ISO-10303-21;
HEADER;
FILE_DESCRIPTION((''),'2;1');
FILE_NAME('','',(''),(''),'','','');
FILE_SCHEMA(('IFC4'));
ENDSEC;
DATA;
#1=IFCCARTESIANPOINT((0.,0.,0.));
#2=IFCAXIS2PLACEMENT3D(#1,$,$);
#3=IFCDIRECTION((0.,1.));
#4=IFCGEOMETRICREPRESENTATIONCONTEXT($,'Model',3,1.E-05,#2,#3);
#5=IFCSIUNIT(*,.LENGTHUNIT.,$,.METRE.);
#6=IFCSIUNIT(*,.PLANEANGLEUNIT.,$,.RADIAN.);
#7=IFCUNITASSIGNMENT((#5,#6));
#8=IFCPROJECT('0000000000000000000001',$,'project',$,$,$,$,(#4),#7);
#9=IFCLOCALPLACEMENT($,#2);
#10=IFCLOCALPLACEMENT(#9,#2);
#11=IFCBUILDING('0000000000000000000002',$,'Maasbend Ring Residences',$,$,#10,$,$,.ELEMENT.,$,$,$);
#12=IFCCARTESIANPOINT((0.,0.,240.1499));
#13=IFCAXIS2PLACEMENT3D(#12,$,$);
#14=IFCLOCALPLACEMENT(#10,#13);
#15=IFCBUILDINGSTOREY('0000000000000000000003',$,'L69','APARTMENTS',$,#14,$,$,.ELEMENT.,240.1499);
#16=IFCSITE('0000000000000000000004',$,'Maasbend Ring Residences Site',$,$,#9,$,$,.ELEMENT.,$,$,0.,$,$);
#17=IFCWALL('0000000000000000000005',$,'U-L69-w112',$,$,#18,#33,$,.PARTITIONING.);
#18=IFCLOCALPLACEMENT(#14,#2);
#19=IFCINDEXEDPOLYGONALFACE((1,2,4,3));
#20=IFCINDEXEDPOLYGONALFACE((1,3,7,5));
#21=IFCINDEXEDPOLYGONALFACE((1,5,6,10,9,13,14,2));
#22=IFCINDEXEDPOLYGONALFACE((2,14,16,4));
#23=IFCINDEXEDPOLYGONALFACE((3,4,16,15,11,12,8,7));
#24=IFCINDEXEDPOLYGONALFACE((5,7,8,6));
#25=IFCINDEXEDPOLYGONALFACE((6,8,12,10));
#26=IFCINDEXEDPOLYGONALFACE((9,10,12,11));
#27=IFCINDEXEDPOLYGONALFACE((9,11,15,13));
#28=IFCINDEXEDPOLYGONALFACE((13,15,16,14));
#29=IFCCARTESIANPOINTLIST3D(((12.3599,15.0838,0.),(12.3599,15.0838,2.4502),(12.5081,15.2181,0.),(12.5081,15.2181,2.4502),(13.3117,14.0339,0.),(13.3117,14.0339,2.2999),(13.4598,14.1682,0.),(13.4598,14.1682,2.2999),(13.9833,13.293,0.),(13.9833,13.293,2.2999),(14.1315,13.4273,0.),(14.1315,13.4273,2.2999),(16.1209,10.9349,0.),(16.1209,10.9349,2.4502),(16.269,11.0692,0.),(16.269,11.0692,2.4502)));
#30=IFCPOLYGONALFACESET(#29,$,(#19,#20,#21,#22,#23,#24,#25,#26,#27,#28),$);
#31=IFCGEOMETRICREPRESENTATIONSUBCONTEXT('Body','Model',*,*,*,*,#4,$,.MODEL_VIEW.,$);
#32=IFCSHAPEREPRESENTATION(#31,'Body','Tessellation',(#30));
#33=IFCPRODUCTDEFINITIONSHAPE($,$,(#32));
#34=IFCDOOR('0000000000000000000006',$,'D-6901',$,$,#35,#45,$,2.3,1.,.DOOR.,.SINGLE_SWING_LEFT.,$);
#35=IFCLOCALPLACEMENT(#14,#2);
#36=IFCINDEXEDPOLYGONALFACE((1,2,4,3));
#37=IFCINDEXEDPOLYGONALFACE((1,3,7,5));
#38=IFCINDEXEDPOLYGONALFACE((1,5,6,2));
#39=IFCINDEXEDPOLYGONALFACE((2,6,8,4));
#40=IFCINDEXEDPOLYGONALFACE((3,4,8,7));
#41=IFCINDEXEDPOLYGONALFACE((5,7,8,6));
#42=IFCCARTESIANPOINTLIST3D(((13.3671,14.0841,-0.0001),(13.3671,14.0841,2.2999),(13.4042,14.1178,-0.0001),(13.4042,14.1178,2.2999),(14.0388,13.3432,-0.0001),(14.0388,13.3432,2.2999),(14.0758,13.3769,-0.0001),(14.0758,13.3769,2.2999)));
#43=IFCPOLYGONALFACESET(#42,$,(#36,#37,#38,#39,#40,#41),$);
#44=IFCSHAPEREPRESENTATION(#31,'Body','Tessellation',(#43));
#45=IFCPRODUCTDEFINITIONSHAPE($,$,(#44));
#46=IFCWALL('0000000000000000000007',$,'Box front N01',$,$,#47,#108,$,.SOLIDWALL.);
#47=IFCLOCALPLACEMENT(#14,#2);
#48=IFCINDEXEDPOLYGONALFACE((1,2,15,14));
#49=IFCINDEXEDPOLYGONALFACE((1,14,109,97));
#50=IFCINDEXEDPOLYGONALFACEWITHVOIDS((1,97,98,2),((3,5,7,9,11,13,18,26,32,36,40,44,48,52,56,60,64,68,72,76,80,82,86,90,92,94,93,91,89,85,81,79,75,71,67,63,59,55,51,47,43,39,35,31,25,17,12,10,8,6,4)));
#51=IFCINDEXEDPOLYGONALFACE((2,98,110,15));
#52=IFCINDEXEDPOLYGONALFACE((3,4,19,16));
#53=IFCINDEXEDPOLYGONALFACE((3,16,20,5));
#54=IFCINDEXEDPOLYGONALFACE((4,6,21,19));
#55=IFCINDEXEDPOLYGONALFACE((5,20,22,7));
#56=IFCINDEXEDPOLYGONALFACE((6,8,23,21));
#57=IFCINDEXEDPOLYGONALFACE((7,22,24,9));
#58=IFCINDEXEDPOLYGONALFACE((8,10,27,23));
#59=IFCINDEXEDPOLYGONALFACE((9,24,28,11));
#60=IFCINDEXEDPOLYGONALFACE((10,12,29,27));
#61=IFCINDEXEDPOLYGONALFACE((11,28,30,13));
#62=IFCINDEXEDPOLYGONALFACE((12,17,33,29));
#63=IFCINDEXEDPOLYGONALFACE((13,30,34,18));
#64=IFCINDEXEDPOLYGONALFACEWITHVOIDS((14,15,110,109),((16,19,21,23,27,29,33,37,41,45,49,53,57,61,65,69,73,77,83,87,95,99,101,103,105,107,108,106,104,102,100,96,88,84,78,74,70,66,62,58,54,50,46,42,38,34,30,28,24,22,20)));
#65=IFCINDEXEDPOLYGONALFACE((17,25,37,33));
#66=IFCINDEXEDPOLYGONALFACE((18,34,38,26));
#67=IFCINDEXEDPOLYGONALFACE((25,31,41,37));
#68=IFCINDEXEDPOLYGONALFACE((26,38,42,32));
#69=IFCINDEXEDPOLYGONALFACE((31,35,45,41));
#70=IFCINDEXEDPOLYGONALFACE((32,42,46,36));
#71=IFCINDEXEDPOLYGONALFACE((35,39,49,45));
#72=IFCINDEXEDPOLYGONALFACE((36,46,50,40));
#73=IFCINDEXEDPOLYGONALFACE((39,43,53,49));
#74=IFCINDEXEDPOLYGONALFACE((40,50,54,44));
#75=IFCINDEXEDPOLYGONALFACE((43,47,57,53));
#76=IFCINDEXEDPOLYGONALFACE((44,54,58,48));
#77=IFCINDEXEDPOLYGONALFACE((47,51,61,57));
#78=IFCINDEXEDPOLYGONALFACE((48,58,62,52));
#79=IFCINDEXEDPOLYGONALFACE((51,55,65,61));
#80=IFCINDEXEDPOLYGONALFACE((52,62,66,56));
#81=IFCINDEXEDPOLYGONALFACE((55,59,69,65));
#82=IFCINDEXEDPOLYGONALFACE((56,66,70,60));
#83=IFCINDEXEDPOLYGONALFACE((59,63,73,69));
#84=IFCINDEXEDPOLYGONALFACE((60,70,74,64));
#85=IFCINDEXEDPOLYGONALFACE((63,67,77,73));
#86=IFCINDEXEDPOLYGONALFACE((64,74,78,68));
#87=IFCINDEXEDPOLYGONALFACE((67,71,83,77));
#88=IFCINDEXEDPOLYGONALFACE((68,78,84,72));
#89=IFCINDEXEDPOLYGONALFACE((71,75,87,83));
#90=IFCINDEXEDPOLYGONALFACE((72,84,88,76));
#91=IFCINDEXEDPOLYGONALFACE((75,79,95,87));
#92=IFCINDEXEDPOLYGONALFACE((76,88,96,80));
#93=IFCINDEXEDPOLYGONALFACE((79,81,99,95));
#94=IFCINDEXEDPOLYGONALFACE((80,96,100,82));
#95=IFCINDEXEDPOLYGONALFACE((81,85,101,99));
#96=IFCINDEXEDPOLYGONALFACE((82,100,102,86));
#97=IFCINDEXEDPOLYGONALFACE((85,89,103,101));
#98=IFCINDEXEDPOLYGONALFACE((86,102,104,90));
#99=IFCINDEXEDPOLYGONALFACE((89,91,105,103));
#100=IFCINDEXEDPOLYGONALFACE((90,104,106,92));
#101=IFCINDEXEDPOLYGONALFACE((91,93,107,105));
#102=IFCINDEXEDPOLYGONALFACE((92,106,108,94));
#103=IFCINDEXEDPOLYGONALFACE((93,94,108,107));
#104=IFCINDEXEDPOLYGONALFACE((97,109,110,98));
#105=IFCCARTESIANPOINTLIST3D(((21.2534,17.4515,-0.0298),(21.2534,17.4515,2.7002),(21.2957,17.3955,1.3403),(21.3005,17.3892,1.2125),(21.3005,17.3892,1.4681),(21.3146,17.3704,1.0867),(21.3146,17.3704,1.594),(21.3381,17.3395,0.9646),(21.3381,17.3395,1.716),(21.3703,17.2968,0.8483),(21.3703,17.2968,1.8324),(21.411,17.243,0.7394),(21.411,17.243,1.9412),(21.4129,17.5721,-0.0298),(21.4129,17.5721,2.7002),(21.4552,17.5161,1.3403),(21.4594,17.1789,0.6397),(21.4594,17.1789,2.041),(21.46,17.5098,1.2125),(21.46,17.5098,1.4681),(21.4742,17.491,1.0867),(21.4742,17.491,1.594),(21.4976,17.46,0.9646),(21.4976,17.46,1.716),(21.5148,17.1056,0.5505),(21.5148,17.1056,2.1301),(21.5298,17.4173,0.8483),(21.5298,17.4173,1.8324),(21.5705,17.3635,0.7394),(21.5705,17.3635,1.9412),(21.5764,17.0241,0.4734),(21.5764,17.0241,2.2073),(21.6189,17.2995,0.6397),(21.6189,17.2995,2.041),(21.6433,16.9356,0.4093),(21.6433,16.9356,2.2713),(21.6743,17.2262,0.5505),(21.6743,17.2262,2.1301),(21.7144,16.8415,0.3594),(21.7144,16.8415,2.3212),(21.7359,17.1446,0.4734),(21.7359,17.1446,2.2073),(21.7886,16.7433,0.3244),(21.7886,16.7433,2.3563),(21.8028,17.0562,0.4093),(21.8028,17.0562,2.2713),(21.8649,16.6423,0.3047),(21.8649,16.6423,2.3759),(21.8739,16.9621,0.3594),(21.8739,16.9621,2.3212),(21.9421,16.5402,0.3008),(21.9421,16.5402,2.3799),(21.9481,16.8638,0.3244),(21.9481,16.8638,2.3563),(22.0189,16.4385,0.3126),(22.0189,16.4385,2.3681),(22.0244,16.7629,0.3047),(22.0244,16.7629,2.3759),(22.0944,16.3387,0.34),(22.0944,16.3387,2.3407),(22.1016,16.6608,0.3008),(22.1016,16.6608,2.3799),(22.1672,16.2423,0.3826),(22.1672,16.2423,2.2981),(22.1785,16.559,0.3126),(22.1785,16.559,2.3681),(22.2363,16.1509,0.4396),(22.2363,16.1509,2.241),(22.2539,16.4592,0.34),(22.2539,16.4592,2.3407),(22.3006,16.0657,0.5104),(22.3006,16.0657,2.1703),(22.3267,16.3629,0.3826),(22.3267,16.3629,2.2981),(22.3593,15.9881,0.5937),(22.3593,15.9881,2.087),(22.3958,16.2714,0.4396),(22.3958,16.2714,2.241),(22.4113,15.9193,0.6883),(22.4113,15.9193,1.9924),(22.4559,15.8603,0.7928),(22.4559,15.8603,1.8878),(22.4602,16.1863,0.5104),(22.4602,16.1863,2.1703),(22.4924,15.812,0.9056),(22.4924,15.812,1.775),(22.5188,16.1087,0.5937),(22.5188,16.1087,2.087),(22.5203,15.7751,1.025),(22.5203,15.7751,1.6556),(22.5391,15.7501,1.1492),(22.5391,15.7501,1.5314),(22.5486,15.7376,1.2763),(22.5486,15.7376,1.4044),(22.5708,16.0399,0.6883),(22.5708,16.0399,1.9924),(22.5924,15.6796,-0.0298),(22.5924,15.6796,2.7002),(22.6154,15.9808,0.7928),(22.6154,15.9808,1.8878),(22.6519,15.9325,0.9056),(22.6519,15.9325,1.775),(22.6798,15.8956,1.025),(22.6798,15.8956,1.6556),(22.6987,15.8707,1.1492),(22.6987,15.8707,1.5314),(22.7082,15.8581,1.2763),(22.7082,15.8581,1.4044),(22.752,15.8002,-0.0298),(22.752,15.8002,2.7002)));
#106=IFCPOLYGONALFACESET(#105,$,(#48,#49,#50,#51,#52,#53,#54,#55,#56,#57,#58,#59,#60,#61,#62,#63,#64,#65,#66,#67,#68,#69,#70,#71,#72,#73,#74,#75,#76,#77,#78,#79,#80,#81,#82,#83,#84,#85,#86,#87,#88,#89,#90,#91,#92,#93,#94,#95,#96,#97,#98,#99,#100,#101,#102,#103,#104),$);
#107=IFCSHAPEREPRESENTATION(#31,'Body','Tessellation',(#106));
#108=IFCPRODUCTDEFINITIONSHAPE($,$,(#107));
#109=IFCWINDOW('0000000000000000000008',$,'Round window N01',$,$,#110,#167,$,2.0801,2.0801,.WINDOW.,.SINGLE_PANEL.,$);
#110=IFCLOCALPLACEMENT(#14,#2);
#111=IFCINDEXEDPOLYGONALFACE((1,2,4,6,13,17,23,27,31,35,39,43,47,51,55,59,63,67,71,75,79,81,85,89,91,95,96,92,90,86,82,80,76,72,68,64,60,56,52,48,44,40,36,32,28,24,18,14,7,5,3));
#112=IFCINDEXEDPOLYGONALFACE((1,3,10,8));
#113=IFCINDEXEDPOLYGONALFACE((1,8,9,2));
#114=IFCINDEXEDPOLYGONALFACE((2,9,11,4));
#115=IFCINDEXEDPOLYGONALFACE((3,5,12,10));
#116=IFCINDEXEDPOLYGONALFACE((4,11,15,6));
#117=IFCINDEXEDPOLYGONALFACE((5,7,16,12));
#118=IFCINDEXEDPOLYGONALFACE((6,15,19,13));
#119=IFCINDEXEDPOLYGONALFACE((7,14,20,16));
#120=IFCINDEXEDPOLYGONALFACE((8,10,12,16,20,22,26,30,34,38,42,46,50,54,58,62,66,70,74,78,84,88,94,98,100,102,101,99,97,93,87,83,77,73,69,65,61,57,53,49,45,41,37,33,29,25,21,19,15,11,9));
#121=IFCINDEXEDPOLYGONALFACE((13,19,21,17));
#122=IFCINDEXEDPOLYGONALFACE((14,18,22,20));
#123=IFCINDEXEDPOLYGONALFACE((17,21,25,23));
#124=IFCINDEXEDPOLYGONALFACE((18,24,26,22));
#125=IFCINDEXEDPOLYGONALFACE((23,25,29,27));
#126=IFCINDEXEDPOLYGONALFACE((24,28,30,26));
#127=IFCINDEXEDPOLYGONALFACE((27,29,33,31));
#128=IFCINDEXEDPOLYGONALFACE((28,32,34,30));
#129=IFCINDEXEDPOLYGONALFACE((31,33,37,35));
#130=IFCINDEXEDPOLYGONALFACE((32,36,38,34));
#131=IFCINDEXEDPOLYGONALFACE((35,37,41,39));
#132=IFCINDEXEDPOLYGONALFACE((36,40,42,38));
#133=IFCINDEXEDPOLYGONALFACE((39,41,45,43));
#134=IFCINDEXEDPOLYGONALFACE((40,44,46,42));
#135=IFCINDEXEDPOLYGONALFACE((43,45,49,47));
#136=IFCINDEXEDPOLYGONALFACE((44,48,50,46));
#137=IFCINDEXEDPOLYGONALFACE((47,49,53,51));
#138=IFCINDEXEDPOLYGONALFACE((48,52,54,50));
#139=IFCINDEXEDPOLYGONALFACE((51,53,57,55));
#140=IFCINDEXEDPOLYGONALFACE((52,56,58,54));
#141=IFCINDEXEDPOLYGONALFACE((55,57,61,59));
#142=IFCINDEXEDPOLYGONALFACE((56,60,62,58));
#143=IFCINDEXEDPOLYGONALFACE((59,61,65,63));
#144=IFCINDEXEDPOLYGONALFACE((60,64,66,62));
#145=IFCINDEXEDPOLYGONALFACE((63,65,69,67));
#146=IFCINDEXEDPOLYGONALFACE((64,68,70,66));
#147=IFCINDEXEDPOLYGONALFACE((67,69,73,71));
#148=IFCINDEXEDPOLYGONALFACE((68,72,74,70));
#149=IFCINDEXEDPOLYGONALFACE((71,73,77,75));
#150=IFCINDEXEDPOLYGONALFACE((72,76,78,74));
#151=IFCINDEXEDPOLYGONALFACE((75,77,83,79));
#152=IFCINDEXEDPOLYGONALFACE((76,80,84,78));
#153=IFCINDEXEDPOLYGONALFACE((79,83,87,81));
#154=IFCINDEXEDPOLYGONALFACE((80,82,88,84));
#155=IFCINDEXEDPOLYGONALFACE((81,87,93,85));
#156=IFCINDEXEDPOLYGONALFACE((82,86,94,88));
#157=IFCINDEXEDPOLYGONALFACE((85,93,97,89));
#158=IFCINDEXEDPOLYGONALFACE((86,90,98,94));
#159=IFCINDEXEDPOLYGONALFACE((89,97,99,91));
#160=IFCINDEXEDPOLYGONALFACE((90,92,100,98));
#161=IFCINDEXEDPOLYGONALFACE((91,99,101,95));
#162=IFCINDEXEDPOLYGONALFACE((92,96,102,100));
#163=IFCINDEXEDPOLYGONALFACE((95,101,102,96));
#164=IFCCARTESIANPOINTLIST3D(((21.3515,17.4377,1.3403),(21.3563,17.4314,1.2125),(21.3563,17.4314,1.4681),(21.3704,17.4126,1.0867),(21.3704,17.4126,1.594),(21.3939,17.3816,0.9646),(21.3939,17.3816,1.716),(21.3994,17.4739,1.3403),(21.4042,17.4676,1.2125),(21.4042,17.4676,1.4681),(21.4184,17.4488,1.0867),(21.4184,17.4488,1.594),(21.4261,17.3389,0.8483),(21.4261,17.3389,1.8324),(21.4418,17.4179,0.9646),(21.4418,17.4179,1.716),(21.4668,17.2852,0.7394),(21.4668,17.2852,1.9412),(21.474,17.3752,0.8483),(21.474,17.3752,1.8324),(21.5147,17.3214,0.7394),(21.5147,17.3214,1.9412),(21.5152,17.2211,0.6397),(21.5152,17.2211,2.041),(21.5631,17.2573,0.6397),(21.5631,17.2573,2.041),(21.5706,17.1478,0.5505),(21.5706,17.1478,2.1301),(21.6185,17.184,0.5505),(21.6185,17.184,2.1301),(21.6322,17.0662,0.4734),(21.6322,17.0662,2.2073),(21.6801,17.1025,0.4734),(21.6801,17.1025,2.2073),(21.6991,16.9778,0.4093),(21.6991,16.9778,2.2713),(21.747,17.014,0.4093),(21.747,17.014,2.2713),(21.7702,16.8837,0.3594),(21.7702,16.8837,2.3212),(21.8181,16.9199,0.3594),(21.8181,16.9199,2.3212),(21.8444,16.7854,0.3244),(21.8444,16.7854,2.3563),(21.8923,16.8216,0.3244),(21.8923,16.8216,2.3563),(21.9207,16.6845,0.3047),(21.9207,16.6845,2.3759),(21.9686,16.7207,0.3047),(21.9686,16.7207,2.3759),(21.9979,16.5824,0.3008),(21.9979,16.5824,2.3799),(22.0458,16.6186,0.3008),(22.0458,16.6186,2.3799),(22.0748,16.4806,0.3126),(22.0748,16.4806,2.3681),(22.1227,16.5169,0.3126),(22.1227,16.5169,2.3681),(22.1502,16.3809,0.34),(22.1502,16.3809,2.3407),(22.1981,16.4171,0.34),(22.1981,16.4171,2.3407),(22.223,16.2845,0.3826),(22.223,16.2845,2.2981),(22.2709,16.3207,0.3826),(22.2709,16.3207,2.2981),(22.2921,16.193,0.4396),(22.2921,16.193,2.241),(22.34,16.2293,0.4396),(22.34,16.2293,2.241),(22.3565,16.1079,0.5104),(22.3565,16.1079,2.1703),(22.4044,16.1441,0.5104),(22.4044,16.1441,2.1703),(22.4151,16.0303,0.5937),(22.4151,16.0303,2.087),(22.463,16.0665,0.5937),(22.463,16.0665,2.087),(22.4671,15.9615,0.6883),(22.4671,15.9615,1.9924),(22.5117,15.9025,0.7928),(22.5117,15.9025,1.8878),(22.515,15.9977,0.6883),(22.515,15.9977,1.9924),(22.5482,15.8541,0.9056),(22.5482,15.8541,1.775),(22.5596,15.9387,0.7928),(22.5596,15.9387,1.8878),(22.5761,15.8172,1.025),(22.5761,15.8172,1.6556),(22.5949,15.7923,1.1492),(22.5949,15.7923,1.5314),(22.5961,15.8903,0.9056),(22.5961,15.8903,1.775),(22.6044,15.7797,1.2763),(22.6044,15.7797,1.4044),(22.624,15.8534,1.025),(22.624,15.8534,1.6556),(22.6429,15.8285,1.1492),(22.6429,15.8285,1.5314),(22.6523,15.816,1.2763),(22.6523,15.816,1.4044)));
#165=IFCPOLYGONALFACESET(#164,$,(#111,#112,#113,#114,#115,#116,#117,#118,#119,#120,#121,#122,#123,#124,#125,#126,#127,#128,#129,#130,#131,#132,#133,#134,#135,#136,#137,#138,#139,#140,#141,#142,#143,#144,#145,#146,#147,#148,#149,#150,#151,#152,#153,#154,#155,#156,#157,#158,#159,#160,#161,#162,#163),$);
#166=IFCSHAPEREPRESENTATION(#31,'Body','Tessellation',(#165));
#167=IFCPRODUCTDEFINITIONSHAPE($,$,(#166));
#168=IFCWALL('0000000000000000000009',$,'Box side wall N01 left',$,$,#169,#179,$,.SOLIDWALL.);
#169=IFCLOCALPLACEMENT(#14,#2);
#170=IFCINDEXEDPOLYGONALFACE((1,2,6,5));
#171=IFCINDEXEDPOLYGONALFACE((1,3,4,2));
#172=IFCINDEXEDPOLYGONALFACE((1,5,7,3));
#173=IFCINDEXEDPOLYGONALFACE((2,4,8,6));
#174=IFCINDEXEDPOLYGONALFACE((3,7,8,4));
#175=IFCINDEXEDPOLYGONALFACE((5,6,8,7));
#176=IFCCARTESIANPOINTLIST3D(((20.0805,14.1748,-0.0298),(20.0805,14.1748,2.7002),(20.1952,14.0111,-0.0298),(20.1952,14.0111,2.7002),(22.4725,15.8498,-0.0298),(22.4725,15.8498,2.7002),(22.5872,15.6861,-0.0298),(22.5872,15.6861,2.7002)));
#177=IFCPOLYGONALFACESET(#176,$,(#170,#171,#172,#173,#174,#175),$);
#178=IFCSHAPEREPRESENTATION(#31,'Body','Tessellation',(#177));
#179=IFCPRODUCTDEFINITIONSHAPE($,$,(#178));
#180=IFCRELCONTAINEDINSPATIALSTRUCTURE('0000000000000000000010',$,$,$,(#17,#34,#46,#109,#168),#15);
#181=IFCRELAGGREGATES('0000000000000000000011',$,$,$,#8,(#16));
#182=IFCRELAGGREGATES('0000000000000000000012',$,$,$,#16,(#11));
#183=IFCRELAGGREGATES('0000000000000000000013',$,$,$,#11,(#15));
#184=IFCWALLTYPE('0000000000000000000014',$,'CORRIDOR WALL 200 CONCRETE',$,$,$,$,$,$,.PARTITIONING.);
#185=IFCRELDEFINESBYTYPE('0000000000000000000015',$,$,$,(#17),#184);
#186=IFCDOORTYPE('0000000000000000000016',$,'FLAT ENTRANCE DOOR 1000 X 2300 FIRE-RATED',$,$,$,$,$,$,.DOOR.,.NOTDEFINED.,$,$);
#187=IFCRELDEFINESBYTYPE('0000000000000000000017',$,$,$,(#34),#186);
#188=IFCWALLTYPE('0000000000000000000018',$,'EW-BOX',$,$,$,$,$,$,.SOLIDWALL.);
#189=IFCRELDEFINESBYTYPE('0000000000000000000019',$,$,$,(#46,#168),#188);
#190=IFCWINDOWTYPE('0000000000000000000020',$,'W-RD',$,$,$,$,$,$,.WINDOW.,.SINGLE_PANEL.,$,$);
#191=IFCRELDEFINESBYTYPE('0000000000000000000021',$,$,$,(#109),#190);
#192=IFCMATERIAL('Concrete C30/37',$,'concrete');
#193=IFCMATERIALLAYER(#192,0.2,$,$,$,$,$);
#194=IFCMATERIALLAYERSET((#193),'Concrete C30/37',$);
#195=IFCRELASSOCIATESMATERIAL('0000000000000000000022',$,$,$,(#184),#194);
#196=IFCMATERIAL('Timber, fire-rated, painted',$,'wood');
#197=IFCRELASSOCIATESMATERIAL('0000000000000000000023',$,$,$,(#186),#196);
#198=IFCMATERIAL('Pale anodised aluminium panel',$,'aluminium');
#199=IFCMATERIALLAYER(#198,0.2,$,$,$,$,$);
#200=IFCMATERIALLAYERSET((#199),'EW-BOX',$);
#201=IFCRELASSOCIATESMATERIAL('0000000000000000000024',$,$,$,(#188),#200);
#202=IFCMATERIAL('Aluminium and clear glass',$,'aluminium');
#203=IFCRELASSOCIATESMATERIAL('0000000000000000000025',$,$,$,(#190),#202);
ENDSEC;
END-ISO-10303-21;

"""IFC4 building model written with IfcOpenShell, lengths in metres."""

from ifc_helpers import new_model, si_unit, direction, frame, frame_2d, origin, place, context, subcontext, project, spatial, rectangle, circle, extrude, material, layer, layer_set, type_object, element, fill, save


model = new_model("IFC4")

# Units and contexts
model_context = context("Model", 3, precision=1e-05, world=origin(), true_north=direction((0.0, 1.0)))
body_context = subcontext(model_context, "Body", "Model", "MODEL_VIEW")
ifc_project = project(units=[si_unit("LENGTHUNIT", "METRE"), si_unit("PLANEANGLEUNIT", "RADIAN")], contexts=[model_context])

# Site, building, storey
site_placement = place(None, origin())
site = spatial("IfcSite", under=ifc_project, at=site_placement, Name="Maasbend Ring Residences Site", CompositionType="ELEMENT", RefElevation=0.0)
building_placement = place(site_placement, origin())
building = spatial("IfcBuilding", under=site, at=building_placement, Name="Maasbend Ring Residences", CompositionType="ELEMENT")
storey_placement = place(building_placement, frame((0.0, 0.0, 240.1499)))
storey = spatial("IfcBuildingStorey", under=building, at=storey_placement, Name="L69", Description="APARTMENTS", CompositionType="ELEMENT", Elevation=240.1499)

# Wall, opening, door
ifc_material_1 = material(Name="Concrete C30/37", Category="concrete")
ifc_layer_1 = layer(ifc_material_1, 0.2)
ifc_layer_set_1 = layer_set([ifc_layer_1], Name="Concrete C30/37")
wall_type_1 = type_object("IfcWallType", Name="CORRIDOR WALL 200 CONCRETE", PredefinedType="PARTITIONING", material=ifc_layer_set_1)
wall_1_placement = place(storey_placement, frame((12.4341, 15.1509, 0.0), z_axis=(0.0, 0.0, 1.0), x_axis=(0.67162, -0.740896, 0.0)))
wall_1 = element("IfcWall", 1, at=wall_1_placement, inside=storey, type_object=wall_type_1, Name="U-L69-w112", PredefinedType="PARTITIONING", context=body_context, shape_type="SweptSolid", body=[
    extrude(rectangle(XDim=5.5999, YDim=0.2, at=frame_2d((2.7998, 0.0))), origin(), (0.0, 0.0, 1.0), 2.4502),
])
opening_1_placement = place(wall_1_placement, frame((1.417, 0.0, 0.0)))
opening_1 = element("IfcOpeningElement", 2, at=opening_1_placement, cuts=wall_1, PredefinedType="OPENING", context=body_context, shape_type="SweptSolid", body=[
    extrude(rectangle(XDim=1.0, YDim=2.3, at=frame_2d((0.5, 1.1499))), frame((0.0, 0.1099, 0.0), z_axis=(0.0, -1.0, 0.0), x_axis=(1.0, 0.0, 0.0)), (0.0, 0.0, 1.0), 0.22),
])
ifc_material_2 = material(Name="Timber, fire-rated, painted", Category="wood")
door_type_1 = type_object("IfcDoorType", Name="FLAT ENTRANCE DOOR 1000 X 2300 FIRE-RATED", OperationType="NOTDEFINED", PredefinedType="DOOR", material=ifc_material_2)
door_1_placement = place(opening_1_placement, origin())
door_1 = element("IfcDoor", 3, at=door_1_placement, inside=storey, type_object=door_type_1, Name="D-6901", OperationType="SINGLE_SWING_LEFT", OverallHeight=2.3, OverallWidth=1.0, PredefinedType="DOOR", context=body_context, shape_type="SweptSolid", body=[
    extrude(rectangle(XDim=1.0, YDim=2.3, at=frame_2d((0.5, 1.1499))), frame((0.0, 0.0249, 0.0), z_axis=(0.0, -1.0, 0.0), x_axis=(1.0, 0.0, 0.0)), (0.0, 0.0, 1.0), 0.05),
])
fill(opening_1, door_1)

# Wall, opening, window
ifc_material_3 = material(Name="Pale anodised aluminium panel", Category="aluminium")
ifc_layer_2 = layer(ifc_material_3, 0.2)
ifc_layer_set_2 = layer_set([ifc_layer_2], Name="EW-BOX")
wall_type_2 = type_object("IfcWallType", Name="EW-BOX", PredefinedType="SOLIDWALL", material=ifc_layer_set_2)
wall_2_placement = place(storey_placement, frame((22.6721, 15.74, -0.0298), z_axis=(0.0, 0.0, 1.0), x_axis=(-0.602916, 0.797805, 0.0)))
wall_2 = element("IfcWall", 4, at=wall_2_placement, inside=storey, type_object=wall_type_2, Name="Box front N01", PredefinedType="SOLIDWALL", context=body_context, shape_type="SweptSolid", body=[
    extrude(rectangle(XDim=2.2209, YDim=0.2, at=frame_2d((1.1104, 0.0))), origin(), (0.0, 0.0, 1.0), 2.73),
])
opening_2_placement = place(wall_2_placement, frame((0.0706, 0.0, 0.3301)))
opening_2 = element("IfcOpeningElement", 5, at=opening_2_placement, cuts=wall_2, PredefinedType="OPENING", context=body_context, shape_type="SweptSolid", body=[
    extrude(circle(Radius=1.04, at=frame_2d((1.04, 1.04))), frame((0.0, 0.1099, 0.0), z_axis=(0.0, -1.0, 0.0), x_axis=(1.0, 0.0, 0.0)), (0.0, 0.0, 1.0), 0.22),
])
ifc_material_4 = material(Name="Aluminium and clear glass", Category="aluminium")
window_type_1 = type_object("IfcWindowType", Name="W-RD", PartitioningType="SINGLE_PANEL", PredefinedType="WINDOW", material=ifc_material_4)
window_1_placement = place(opening_2_placement, origin())
window_1 = element("IfcWindow", 6, at=window_1_placement, inside=storey, type_object=window_type_1, Name="Round window N01", OverallHeight=2.0801, OverallWidth=2.0801, PartitioningType="SINGLE_PANEL", PredefinedType="WINDOW", context=body_context, shape_type="SweptSolid", body=[
    extrude(circle(Radius=1.04, at=frame_2d((1.04, 1.04))), frame((0.0, 0.03, 0.0), z_axis=(0.0, -1.0, 0.0), x_axis=(1.0, 0.0, 0.0)), (0.0, 0.0, 1.0), 0.0601),
])
fill(opening_2, window_1)

# Wall
wall_3_placement = place(storey_placement, frame((20.1379, 14.093, -0.0298), z_axis=(0.0, 0.0, 1.0), x_axis=(0.819138, 0.573597, 0.0)))
element("IfcWall", 7, at=wall_3_placement, inside=storey, type_object=wall_type_2, Name="Box side wall N01 left", PredefinedType="SOLIDWALL", context=body_context, shape_type="SweptSolid", body=[
    extrude(rectangle(XDim=2.9202, YDim=0.2, at=frame_2d((1.46, 0.0))), origin(), (0.0, 0.0, 1.0), 2.73),
])

save(model, "model.ifc")
